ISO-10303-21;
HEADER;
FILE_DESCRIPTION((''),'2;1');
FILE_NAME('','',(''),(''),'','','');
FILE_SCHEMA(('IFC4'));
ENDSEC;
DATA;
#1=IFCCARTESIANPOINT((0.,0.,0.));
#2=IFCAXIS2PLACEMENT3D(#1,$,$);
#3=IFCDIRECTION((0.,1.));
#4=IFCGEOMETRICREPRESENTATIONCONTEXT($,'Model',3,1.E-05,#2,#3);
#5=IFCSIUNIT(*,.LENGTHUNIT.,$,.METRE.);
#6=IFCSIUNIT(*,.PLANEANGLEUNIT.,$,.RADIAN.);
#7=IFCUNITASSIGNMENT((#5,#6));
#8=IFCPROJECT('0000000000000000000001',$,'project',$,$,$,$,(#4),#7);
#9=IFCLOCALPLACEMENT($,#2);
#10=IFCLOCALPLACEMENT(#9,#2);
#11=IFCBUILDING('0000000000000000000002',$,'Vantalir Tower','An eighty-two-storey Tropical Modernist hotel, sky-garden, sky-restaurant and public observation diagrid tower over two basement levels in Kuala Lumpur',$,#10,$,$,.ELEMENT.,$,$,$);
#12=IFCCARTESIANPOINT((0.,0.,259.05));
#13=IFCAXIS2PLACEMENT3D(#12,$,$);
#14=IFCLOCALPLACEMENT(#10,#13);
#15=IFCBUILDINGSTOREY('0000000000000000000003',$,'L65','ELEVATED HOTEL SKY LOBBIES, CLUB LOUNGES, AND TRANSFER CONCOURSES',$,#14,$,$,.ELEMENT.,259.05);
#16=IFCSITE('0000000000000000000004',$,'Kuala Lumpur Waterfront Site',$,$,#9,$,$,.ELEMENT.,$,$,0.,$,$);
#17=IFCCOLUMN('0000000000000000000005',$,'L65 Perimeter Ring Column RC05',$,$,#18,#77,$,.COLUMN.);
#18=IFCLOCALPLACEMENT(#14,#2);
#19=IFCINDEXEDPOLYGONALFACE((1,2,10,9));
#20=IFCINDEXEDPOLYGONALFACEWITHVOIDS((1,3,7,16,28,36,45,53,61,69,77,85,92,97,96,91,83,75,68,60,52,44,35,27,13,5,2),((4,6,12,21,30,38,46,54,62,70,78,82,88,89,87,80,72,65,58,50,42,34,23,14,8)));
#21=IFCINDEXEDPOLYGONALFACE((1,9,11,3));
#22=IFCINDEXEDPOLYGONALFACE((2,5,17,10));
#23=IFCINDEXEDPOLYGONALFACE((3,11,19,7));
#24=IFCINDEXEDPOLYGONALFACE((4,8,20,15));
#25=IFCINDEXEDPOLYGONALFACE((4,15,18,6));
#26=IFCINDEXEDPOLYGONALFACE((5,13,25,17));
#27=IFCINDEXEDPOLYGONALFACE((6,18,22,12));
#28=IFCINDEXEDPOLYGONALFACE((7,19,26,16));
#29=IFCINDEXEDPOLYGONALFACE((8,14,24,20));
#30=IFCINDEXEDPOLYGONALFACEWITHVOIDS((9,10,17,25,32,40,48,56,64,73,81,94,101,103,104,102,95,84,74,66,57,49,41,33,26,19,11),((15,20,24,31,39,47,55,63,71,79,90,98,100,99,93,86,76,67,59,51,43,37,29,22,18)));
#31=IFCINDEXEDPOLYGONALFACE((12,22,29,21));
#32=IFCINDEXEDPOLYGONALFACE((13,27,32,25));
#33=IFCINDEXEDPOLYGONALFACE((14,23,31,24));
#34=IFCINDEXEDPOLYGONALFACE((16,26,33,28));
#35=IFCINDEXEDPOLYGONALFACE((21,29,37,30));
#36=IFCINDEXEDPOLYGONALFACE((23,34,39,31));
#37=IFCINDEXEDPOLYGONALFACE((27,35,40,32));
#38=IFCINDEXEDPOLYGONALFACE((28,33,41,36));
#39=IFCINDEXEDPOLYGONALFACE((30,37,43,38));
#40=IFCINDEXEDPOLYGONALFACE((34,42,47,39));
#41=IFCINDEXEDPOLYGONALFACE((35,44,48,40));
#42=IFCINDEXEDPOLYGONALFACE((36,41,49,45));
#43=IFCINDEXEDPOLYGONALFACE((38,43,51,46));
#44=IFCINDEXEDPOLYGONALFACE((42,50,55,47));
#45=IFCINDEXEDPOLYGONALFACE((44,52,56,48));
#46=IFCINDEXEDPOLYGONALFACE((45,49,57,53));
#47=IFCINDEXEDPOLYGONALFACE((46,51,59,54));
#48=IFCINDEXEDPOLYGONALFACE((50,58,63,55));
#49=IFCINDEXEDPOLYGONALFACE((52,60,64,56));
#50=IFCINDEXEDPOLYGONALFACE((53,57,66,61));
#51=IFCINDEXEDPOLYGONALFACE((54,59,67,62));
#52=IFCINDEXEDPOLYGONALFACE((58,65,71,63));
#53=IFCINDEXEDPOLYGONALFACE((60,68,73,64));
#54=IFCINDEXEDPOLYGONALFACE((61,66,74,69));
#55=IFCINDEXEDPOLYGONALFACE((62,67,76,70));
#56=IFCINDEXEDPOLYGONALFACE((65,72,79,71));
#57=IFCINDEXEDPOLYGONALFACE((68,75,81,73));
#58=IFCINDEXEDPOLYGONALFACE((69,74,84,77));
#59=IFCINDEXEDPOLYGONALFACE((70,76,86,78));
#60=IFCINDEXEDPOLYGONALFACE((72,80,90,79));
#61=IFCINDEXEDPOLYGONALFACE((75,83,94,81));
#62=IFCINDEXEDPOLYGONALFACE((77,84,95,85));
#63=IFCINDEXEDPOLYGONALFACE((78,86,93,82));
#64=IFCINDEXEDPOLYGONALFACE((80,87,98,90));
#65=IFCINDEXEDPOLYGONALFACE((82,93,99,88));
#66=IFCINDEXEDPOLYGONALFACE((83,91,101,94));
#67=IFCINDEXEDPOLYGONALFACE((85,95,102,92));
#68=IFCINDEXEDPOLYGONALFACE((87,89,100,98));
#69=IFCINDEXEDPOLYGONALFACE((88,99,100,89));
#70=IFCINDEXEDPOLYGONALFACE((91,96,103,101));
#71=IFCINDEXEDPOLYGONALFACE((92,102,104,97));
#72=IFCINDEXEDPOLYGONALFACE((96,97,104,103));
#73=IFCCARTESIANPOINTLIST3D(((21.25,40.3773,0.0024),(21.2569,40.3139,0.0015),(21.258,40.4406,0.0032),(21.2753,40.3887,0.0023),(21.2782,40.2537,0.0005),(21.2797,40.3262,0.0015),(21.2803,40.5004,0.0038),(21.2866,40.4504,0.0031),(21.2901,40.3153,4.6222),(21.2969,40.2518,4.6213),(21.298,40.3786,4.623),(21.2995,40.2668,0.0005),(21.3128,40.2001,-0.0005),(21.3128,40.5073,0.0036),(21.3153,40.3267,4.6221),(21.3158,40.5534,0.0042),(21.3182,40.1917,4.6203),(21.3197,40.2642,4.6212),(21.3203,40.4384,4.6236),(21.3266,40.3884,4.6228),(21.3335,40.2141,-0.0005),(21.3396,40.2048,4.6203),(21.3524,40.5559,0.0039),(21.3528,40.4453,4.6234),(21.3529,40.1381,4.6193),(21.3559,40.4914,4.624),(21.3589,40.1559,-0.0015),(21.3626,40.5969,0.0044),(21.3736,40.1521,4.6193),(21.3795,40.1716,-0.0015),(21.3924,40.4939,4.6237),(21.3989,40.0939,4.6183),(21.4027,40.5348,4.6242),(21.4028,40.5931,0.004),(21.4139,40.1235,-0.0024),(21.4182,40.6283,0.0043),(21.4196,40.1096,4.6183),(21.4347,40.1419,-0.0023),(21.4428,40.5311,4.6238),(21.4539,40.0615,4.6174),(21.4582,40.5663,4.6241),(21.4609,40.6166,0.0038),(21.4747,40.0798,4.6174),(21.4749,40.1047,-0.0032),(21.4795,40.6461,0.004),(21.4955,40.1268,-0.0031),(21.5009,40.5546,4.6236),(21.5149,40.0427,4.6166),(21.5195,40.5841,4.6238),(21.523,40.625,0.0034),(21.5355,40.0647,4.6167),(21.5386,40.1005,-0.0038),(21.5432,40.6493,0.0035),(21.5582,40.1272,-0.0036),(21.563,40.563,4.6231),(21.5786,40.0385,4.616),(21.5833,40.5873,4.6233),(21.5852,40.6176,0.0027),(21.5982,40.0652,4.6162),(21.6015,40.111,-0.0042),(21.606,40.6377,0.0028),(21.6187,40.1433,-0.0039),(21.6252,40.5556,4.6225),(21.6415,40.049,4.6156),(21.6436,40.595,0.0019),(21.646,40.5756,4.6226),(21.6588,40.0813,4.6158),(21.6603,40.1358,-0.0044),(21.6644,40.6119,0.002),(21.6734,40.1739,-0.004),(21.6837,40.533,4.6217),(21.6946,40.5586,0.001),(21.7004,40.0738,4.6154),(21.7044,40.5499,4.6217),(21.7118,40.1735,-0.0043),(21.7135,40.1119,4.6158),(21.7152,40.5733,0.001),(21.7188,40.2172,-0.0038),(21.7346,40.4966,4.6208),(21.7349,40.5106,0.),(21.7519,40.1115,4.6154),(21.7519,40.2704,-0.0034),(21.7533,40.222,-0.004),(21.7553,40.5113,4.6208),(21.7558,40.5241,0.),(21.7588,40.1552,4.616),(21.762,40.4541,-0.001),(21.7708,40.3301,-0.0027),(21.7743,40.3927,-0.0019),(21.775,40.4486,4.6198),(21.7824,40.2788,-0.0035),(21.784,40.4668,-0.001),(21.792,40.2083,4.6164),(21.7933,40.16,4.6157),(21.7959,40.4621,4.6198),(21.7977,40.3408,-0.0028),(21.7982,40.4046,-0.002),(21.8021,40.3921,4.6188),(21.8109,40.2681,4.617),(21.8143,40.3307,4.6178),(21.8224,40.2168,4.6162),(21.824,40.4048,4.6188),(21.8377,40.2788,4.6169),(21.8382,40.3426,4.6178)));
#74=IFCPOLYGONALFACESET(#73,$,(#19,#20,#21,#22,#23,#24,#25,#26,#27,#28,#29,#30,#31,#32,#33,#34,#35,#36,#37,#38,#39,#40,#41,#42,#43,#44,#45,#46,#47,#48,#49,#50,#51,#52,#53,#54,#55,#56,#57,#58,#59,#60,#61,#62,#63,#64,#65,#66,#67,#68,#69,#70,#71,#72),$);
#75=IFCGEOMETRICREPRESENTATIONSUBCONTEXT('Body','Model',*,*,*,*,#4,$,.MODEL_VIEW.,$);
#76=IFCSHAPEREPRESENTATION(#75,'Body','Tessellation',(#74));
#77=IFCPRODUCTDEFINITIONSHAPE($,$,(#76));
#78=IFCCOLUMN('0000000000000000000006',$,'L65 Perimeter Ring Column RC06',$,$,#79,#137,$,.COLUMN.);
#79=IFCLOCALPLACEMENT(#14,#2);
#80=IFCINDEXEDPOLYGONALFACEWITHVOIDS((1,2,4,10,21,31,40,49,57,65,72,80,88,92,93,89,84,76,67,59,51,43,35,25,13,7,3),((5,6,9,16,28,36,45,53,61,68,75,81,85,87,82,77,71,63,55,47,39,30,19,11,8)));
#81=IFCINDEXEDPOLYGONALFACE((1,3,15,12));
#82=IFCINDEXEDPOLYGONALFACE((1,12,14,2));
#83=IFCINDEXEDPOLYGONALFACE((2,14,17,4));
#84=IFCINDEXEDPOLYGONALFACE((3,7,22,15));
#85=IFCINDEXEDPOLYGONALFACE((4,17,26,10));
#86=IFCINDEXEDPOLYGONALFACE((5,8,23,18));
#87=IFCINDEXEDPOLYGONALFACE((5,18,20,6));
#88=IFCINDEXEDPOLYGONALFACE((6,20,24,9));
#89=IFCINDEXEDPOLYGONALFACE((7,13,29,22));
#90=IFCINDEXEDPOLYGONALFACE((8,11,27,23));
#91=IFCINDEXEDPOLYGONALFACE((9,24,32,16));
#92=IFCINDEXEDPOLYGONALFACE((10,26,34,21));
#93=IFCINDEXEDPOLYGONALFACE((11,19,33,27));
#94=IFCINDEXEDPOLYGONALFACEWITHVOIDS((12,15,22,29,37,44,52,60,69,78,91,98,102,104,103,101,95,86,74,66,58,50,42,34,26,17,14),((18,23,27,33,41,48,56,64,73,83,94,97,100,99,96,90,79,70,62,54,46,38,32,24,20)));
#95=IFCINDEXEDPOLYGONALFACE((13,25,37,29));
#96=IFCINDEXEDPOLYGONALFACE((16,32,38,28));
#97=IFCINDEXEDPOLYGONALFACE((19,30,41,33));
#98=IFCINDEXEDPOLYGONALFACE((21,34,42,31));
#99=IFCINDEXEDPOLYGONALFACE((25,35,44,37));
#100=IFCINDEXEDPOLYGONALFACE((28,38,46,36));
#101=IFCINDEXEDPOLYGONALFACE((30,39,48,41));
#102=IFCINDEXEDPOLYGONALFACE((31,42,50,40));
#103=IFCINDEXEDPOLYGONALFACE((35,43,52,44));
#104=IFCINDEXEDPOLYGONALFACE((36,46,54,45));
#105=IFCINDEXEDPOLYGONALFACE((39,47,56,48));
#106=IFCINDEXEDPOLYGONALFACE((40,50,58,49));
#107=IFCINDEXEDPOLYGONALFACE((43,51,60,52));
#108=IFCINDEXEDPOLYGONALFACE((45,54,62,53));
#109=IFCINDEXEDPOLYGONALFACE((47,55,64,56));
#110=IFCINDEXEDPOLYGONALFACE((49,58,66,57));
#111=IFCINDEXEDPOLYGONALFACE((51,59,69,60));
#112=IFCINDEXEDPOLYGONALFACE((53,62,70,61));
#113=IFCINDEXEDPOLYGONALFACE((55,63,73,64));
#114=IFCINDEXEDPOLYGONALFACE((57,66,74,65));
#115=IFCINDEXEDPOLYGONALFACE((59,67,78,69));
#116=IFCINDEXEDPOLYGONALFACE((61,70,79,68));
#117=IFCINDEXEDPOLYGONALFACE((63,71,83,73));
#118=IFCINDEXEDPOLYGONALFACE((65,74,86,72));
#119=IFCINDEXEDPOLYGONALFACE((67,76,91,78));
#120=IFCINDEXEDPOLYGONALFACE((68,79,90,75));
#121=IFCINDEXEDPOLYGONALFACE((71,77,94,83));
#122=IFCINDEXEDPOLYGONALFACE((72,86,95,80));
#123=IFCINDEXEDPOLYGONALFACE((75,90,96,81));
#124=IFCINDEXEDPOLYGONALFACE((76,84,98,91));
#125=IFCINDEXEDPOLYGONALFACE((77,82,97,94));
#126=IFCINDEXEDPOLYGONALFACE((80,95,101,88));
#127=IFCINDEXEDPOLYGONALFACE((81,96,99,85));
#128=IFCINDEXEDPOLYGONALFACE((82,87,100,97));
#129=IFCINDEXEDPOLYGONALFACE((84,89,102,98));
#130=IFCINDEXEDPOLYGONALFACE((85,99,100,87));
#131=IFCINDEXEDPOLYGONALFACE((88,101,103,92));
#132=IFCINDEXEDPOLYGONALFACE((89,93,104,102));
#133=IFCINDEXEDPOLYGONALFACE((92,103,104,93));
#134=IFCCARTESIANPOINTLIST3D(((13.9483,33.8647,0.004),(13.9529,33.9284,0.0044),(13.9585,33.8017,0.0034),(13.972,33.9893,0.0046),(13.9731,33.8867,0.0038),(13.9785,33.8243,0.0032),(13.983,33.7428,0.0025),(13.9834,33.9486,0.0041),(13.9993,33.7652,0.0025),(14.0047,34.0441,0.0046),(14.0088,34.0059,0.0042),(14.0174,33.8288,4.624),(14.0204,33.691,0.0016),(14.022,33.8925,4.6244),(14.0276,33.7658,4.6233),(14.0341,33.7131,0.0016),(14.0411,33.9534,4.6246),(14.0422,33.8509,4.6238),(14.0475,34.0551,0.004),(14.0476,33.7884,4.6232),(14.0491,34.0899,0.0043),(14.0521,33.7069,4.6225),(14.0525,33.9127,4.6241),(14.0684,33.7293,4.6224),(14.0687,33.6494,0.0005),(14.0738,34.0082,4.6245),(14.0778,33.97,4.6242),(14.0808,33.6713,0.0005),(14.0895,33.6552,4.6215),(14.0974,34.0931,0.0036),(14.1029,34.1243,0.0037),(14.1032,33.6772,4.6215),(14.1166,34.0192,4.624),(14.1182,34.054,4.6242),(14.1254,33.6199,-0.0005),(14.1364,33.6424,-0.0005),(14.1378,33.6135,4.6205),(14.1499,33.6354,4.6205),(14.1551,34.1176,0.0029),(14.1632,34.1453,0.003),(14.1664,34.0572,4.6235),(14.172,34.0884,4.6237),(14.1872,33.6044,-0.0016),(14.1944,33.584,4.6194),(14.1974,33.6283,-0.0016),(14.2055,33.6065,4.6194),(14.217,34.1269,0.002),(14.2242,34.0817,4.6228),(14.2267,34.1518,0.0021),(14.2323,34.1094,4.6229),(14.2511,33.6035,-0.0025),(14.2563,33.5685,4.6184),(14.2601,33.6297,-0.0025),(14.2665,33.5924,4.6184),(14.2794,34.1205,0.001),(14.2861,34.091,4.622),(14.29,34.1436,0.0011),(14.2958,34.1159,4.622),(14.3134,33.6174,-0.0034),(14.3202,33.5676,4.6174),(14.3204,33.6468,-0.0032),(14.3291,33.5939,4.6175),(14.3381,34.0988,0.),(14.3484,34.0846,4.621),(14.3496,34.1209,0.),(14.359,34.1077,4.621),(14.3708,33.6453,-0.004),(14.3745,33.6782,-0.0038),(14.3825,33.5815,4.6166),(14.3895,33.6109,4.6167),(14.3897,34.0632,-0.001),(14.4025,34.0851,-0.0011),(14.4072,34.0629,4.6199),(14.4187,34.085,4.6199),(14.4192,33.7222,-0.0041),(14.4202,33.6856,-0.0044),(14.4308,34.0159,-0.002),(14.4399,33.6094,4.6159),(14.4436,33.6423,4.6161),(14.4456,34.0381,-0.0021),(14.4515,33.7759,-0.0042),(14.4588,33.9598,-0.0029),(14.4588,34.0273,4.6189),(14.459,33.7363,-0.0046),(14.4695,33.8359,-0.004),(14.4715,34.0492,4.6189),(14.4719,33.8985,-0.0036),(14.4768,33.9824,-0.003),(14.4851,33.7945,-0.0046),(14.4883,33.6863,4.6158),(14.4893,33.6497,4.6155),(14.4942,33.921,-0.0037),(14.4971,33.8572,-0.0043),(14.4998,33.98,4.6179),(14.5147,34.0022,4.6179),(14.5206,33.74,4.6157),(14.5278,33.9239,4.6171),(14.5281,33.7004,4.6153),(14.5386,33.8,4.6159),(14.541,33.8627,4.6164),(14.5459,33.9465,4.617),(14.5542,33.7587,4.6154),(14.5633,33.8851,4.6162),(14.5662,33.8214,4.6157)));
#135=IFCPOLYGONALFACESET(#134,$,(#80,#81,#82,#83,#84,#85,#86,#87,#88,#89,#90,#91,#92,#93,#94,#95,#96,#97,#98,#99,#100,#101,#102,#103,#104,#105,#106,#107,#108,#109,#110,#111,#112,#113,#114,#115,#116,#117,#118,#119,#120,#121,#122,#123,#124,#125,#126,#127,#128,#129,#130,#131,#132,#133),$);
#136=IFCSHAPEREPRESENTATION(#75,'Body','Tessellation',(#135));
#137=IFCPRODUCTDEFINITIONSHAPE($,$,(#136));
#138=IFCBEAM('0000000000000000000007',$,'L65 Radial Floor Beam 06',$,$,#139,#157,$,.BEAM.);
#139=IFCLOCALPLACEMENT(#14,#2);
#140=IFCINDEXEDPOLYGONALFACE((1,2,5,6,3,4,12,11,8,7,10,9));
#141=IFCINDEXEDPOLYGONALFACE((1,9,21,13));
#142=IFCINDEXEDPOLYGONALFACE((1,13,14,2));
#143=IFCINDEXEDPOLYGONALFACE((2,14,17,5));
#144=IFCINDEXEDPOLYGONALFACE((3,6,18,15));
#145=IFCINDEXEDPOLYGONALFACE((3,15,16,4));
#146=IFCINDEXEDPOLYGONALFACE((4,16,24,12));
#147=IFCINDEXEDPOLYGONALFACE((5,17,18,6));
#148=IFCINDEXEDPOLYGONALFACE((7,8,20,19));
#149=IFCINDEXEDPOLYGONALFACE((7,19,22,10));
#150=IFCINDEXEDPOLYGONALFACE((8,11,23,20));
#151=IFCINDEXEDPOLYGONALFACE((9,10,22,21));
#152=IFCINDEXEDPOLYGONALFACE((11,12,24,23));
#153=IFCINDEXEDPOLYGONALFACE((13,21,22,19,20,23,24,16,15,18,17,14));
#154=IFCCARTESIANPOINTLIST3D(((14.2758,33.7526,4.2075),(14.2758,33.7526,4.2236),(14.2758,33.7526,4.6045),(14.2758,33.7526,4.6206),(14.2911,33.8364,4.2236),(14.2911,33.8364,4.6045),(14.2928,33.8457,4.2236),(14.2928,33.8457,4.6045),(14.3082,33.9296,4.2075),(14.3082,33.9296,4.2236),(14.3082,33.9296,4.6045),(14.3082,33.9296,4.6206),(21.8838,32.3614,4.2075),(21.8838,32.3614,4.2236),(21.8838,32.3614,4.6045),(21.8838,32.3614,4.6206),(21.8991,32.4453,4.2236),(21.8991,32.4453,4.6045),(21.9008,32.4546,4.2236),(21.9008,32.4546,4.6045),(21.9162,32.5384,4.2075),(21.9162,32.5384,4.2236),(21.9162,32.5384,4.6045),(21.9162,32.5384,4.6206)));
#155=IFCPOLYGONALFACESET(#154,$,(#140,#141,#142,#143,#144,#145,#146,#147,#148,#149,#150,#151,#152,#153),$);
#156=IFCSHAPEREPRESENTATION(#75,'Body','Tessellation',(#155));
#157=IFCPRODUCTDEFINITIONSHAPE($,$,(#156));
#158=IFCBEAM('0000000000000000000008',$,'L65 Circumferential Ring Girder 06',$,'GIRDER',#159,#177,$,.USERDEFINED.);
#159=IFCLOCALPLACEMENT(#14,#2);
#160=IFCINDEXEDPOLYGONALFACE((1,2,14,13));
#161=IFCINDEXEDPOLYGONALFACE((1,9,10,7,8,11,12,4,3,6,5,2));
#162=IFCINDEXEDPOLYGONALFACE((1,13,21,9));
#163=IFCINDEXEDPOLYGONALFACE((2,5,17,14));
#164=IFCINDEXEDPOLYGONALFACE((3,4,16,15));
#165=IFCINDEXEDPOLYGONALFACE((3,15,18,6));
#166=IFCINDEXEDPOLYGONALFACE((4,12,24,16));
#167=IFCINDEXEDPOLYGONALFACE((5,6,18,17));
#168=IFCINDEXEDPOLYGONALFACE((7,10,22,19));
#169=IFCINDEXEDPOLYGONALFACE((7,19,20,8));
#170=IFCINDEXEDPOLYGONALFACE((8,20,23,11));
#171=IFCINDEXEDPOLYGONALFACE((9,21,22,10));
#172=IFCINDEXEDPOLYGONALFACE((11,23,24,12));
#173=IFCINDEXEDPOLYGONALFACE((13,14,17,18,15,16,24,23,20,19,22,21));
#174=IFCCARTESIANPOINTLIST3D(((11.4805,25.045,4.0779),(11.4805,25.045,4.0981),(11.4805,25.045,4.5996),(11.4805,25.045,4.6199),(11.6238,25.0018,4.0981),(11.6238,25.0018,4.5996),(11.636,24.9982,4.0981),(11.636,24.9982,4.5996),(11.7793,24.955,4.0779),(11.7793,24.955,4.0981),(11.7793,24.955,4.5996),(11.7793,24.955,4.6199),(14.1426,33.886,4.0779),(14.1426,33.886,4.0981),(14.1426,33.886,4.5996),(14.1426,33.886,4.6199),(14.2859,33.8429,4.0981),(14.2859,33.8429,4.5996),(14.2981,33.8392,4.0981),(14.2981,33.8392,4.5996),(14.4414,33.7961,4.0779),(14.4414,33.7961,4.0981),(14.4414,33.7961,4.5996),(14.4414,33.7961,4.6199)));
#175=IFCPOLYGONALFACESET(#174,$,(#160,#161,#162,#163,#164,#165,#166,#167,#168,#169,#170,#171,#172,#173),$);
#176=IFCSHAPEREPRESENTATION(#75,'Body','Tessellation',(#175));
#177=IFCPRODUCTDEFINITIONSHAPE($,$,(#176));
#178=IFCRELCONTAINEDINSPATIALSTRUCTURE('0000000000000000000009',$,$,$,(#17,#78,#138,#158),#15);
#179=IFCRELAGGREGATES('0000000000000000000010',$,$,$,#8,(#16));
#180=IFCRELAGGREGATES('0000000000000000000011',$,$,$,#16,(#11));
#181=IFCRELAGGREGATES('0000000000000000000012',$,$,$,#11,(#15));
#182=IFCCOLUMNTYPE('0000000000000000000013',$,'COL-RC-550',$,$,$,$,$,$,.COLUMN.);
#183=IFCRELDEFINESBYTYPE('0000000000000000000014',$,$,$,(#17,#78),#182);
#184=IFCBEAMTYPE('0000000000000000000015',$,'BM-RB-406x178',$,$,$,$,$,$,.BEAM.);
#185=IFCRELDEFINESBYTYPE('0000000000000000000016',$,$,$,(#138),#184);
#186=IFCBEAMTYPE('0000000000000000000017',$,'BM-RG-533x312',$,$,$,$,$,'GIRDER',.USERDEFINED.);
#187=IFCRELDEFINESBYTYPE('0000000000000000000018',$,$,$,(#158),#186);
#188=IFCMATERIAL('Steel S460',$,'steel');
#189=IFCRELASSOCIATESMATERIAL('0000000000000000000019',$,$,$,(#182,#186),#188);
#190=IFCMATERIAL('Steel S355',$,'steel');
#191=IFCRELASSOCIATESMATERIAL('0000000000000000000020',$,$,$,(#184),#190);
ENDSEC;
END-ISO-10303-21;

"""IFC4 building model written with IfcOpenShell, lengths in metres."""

from ifc_helpers import new_model, si_unit, direction, frame, origin, origin_2d, place, context, subcontext, project, spatial, hollow_circle, i_section, extrude, material, material_profile, profile_set, type_object, element, save


model = new_model("IFC4")

# Units and contexts
model_context = context("Model", 3, precision=1e-05, world=origin(), true_north=direction((0.0, 1.0)))
body_context = subcontext(model_context, "Body", "Model", "MODEL_VIEW")
ifc_project = project(units=[si_unit("LENGTHUNIT", "METRE"), si_unit("PLANEANGLEUNIT", "RADIAN")], contexts=[model_context])

# Site, building, storey
site_placement = place(None, origin())
site = spatial("IfcSite", under=ifc_project, at=site_placement, Name="Kuala Lumpur Waterfront Site", CompositionType="ELEMENT", RefElevation=0.0)
building_placement = place(site_placement, origin())
building = spatial("IfcBuilding", under=site, at=building_placement, Name="Vantalir Tower", Description="An eighty-two-storey Tropical Modernist hotel, sky-garden, sky-restaurant and public observation diagrid tower over two basement levels in Kuala Lumpur", CompositionType="ELEMENT")
storey_placement = place(building_placement, frame((0.0, 0.0, 259.05)))
storey = spatial("IfcBuildingStorey", under=building, at=storey_placement, Name="L65", Description="ELEVATED HOTEL SKY LOBBIES, CLUB LOUNGES, AND TRANSFER CONCOURSES", CompositionType="ELEMENT", Elevation=259.05)

# Columns
ifc_material_1 = material(Name="Steel S460", Category="steel")
ifc_material_profile_1 = material_profile(ifc_material_1, hollow_circle(Radius=0.2749, WallThickness=0.0249, at=origin_2d()), Name="Steel S460")
ifc_profile_set_1 = profile_set([ifc_material_profile_1], Name="Steel S460")
column_type = type_object("IfcColumnType", Name="COL-RC-550", PredefinedType="COLUMN", material=ifc_profile_set_1)
column_1_placement = place(storey_placement, frame((21.5249, 40.375, 0.0), z_axis=(0.008666, -0.013421, 0.999872), x_axis=(0.840102, 0.542428, 0.0)))
element("IfcColumn", 1, at=column_1_placement, inside=storey, type_object=column_type, Name="L65 Perimeter Ring Column RC05", PredefinedType="COLUMN", context=body_context, shape_type="SweptSolid", body=[
    extrude(hollow_circle(Radius=0.2749, WallThickness=0.0249, at=origin_2d()), origin(), (0.0, 0.0, 1.0), 4.6204),
])
column_2_placement = place(storey_placement, frame((14.2229, 33.877, 0.0), z_axis=(0.014953, -0.007767, 0.999858), x_axis=(0.460958, 0.887422, 0.0)))
element("IfcColumn", 2, at=column_2_placement, inside=storey, type_object=column_type, Name="L65 Perimeter Ring Column RC06", PredefinedType="COLUMN", context=body_context, shape_type="SweptSolid", body=[
    extrude(hollow_circle(Radius=0.2749, WallThickness=0.0249, at=origin_2d()), origin(), (0.0, 0.0, 1.0), 4.6206),
])

# Beams
ifc_material_2 = material(Name="Steel S355", Category="steel")
ifc_material_profile_2 = material_profile(ifc_material_2, i_section(OverallWidth=0.1799, OverallDepth=0.4131, WebThickness=0.0095, FlangeThickness=0.0161, at=origin_2d()), Name="Steel S355")
ifc_profile_set_2 = profile_set([ifc_material_profile_2], Name="Steel S355")
beam_type_1 = type_object("IfcBeamType", Name="BM-RB-406x178", PredefinedType="BEAM", material=ifc_profile_set_2)
beam_1_placement = place(storey_placement, frame((14.292, 33.8411, 4.4141), z_axis=(0.983691, -0.179869, 0.0), x_axis=(0.179869, 0.983691, 0.0)))
element("IfcBeam", 3, at=beam_1_placement, inside=storey, type_object=beam_type_1, Name="L65 Radial Floor Beam 06", PredefinedType="BEAM", context=body_context, shape_type="SweptSolid", body=[
    extrude(i_section(OverallWidth=0.1799, OverallDepth=0.4131, WebThickness=0.0095, FlangeThickness=0.0161, at=origin_2d()), origin(), (0.0, 0.0, 1.0), 7.7341),
])
ifc_material_profile_3 = material_profile(ifc_material_1, i_section(OverallWidth=0.312, OverallDepth=0.542, WebThickness=0.0127, FlangeThickness=0.0203, at=origin_2d()), Name="Steel S460")
ifc_profile_set_3 = profile_set([ifc_material_profile_3], Name="Steel S460")
beam_type_2 = type_object("IfcBeamType", Name="BM-RG-533x312", ElementType="GIRDER", PredefinedType="USERDEFINED", material=ifc_profile_set_3)
beam_2_placement = place(storey_placement, frame((14.292, 33.8411, 4.3489), z_axis=(-0.288321, -0.957534, 0.0), x_axis=(0.957534, -0.288321, 0.0)))
element("IfcBeam", 4, at=beam_2_placement, inside=storey, type_object=beam_type_2, Name="L65 Circumferential Ring Girder 06", ObjectType="GIRDER", PredefinedType="USERDEFINED", context=body_context, shape_type="SweptSolid", body=[
    extrude(i_section(OverallWidth=0.312, OverallDepth=0.542, WebThickness=0.0127, FlangeThickness=0.0203, at=origin_2d()), origin(), (0.0, 0.0, 1.0), 9.2332),
])

save(model, "model.ifc")
